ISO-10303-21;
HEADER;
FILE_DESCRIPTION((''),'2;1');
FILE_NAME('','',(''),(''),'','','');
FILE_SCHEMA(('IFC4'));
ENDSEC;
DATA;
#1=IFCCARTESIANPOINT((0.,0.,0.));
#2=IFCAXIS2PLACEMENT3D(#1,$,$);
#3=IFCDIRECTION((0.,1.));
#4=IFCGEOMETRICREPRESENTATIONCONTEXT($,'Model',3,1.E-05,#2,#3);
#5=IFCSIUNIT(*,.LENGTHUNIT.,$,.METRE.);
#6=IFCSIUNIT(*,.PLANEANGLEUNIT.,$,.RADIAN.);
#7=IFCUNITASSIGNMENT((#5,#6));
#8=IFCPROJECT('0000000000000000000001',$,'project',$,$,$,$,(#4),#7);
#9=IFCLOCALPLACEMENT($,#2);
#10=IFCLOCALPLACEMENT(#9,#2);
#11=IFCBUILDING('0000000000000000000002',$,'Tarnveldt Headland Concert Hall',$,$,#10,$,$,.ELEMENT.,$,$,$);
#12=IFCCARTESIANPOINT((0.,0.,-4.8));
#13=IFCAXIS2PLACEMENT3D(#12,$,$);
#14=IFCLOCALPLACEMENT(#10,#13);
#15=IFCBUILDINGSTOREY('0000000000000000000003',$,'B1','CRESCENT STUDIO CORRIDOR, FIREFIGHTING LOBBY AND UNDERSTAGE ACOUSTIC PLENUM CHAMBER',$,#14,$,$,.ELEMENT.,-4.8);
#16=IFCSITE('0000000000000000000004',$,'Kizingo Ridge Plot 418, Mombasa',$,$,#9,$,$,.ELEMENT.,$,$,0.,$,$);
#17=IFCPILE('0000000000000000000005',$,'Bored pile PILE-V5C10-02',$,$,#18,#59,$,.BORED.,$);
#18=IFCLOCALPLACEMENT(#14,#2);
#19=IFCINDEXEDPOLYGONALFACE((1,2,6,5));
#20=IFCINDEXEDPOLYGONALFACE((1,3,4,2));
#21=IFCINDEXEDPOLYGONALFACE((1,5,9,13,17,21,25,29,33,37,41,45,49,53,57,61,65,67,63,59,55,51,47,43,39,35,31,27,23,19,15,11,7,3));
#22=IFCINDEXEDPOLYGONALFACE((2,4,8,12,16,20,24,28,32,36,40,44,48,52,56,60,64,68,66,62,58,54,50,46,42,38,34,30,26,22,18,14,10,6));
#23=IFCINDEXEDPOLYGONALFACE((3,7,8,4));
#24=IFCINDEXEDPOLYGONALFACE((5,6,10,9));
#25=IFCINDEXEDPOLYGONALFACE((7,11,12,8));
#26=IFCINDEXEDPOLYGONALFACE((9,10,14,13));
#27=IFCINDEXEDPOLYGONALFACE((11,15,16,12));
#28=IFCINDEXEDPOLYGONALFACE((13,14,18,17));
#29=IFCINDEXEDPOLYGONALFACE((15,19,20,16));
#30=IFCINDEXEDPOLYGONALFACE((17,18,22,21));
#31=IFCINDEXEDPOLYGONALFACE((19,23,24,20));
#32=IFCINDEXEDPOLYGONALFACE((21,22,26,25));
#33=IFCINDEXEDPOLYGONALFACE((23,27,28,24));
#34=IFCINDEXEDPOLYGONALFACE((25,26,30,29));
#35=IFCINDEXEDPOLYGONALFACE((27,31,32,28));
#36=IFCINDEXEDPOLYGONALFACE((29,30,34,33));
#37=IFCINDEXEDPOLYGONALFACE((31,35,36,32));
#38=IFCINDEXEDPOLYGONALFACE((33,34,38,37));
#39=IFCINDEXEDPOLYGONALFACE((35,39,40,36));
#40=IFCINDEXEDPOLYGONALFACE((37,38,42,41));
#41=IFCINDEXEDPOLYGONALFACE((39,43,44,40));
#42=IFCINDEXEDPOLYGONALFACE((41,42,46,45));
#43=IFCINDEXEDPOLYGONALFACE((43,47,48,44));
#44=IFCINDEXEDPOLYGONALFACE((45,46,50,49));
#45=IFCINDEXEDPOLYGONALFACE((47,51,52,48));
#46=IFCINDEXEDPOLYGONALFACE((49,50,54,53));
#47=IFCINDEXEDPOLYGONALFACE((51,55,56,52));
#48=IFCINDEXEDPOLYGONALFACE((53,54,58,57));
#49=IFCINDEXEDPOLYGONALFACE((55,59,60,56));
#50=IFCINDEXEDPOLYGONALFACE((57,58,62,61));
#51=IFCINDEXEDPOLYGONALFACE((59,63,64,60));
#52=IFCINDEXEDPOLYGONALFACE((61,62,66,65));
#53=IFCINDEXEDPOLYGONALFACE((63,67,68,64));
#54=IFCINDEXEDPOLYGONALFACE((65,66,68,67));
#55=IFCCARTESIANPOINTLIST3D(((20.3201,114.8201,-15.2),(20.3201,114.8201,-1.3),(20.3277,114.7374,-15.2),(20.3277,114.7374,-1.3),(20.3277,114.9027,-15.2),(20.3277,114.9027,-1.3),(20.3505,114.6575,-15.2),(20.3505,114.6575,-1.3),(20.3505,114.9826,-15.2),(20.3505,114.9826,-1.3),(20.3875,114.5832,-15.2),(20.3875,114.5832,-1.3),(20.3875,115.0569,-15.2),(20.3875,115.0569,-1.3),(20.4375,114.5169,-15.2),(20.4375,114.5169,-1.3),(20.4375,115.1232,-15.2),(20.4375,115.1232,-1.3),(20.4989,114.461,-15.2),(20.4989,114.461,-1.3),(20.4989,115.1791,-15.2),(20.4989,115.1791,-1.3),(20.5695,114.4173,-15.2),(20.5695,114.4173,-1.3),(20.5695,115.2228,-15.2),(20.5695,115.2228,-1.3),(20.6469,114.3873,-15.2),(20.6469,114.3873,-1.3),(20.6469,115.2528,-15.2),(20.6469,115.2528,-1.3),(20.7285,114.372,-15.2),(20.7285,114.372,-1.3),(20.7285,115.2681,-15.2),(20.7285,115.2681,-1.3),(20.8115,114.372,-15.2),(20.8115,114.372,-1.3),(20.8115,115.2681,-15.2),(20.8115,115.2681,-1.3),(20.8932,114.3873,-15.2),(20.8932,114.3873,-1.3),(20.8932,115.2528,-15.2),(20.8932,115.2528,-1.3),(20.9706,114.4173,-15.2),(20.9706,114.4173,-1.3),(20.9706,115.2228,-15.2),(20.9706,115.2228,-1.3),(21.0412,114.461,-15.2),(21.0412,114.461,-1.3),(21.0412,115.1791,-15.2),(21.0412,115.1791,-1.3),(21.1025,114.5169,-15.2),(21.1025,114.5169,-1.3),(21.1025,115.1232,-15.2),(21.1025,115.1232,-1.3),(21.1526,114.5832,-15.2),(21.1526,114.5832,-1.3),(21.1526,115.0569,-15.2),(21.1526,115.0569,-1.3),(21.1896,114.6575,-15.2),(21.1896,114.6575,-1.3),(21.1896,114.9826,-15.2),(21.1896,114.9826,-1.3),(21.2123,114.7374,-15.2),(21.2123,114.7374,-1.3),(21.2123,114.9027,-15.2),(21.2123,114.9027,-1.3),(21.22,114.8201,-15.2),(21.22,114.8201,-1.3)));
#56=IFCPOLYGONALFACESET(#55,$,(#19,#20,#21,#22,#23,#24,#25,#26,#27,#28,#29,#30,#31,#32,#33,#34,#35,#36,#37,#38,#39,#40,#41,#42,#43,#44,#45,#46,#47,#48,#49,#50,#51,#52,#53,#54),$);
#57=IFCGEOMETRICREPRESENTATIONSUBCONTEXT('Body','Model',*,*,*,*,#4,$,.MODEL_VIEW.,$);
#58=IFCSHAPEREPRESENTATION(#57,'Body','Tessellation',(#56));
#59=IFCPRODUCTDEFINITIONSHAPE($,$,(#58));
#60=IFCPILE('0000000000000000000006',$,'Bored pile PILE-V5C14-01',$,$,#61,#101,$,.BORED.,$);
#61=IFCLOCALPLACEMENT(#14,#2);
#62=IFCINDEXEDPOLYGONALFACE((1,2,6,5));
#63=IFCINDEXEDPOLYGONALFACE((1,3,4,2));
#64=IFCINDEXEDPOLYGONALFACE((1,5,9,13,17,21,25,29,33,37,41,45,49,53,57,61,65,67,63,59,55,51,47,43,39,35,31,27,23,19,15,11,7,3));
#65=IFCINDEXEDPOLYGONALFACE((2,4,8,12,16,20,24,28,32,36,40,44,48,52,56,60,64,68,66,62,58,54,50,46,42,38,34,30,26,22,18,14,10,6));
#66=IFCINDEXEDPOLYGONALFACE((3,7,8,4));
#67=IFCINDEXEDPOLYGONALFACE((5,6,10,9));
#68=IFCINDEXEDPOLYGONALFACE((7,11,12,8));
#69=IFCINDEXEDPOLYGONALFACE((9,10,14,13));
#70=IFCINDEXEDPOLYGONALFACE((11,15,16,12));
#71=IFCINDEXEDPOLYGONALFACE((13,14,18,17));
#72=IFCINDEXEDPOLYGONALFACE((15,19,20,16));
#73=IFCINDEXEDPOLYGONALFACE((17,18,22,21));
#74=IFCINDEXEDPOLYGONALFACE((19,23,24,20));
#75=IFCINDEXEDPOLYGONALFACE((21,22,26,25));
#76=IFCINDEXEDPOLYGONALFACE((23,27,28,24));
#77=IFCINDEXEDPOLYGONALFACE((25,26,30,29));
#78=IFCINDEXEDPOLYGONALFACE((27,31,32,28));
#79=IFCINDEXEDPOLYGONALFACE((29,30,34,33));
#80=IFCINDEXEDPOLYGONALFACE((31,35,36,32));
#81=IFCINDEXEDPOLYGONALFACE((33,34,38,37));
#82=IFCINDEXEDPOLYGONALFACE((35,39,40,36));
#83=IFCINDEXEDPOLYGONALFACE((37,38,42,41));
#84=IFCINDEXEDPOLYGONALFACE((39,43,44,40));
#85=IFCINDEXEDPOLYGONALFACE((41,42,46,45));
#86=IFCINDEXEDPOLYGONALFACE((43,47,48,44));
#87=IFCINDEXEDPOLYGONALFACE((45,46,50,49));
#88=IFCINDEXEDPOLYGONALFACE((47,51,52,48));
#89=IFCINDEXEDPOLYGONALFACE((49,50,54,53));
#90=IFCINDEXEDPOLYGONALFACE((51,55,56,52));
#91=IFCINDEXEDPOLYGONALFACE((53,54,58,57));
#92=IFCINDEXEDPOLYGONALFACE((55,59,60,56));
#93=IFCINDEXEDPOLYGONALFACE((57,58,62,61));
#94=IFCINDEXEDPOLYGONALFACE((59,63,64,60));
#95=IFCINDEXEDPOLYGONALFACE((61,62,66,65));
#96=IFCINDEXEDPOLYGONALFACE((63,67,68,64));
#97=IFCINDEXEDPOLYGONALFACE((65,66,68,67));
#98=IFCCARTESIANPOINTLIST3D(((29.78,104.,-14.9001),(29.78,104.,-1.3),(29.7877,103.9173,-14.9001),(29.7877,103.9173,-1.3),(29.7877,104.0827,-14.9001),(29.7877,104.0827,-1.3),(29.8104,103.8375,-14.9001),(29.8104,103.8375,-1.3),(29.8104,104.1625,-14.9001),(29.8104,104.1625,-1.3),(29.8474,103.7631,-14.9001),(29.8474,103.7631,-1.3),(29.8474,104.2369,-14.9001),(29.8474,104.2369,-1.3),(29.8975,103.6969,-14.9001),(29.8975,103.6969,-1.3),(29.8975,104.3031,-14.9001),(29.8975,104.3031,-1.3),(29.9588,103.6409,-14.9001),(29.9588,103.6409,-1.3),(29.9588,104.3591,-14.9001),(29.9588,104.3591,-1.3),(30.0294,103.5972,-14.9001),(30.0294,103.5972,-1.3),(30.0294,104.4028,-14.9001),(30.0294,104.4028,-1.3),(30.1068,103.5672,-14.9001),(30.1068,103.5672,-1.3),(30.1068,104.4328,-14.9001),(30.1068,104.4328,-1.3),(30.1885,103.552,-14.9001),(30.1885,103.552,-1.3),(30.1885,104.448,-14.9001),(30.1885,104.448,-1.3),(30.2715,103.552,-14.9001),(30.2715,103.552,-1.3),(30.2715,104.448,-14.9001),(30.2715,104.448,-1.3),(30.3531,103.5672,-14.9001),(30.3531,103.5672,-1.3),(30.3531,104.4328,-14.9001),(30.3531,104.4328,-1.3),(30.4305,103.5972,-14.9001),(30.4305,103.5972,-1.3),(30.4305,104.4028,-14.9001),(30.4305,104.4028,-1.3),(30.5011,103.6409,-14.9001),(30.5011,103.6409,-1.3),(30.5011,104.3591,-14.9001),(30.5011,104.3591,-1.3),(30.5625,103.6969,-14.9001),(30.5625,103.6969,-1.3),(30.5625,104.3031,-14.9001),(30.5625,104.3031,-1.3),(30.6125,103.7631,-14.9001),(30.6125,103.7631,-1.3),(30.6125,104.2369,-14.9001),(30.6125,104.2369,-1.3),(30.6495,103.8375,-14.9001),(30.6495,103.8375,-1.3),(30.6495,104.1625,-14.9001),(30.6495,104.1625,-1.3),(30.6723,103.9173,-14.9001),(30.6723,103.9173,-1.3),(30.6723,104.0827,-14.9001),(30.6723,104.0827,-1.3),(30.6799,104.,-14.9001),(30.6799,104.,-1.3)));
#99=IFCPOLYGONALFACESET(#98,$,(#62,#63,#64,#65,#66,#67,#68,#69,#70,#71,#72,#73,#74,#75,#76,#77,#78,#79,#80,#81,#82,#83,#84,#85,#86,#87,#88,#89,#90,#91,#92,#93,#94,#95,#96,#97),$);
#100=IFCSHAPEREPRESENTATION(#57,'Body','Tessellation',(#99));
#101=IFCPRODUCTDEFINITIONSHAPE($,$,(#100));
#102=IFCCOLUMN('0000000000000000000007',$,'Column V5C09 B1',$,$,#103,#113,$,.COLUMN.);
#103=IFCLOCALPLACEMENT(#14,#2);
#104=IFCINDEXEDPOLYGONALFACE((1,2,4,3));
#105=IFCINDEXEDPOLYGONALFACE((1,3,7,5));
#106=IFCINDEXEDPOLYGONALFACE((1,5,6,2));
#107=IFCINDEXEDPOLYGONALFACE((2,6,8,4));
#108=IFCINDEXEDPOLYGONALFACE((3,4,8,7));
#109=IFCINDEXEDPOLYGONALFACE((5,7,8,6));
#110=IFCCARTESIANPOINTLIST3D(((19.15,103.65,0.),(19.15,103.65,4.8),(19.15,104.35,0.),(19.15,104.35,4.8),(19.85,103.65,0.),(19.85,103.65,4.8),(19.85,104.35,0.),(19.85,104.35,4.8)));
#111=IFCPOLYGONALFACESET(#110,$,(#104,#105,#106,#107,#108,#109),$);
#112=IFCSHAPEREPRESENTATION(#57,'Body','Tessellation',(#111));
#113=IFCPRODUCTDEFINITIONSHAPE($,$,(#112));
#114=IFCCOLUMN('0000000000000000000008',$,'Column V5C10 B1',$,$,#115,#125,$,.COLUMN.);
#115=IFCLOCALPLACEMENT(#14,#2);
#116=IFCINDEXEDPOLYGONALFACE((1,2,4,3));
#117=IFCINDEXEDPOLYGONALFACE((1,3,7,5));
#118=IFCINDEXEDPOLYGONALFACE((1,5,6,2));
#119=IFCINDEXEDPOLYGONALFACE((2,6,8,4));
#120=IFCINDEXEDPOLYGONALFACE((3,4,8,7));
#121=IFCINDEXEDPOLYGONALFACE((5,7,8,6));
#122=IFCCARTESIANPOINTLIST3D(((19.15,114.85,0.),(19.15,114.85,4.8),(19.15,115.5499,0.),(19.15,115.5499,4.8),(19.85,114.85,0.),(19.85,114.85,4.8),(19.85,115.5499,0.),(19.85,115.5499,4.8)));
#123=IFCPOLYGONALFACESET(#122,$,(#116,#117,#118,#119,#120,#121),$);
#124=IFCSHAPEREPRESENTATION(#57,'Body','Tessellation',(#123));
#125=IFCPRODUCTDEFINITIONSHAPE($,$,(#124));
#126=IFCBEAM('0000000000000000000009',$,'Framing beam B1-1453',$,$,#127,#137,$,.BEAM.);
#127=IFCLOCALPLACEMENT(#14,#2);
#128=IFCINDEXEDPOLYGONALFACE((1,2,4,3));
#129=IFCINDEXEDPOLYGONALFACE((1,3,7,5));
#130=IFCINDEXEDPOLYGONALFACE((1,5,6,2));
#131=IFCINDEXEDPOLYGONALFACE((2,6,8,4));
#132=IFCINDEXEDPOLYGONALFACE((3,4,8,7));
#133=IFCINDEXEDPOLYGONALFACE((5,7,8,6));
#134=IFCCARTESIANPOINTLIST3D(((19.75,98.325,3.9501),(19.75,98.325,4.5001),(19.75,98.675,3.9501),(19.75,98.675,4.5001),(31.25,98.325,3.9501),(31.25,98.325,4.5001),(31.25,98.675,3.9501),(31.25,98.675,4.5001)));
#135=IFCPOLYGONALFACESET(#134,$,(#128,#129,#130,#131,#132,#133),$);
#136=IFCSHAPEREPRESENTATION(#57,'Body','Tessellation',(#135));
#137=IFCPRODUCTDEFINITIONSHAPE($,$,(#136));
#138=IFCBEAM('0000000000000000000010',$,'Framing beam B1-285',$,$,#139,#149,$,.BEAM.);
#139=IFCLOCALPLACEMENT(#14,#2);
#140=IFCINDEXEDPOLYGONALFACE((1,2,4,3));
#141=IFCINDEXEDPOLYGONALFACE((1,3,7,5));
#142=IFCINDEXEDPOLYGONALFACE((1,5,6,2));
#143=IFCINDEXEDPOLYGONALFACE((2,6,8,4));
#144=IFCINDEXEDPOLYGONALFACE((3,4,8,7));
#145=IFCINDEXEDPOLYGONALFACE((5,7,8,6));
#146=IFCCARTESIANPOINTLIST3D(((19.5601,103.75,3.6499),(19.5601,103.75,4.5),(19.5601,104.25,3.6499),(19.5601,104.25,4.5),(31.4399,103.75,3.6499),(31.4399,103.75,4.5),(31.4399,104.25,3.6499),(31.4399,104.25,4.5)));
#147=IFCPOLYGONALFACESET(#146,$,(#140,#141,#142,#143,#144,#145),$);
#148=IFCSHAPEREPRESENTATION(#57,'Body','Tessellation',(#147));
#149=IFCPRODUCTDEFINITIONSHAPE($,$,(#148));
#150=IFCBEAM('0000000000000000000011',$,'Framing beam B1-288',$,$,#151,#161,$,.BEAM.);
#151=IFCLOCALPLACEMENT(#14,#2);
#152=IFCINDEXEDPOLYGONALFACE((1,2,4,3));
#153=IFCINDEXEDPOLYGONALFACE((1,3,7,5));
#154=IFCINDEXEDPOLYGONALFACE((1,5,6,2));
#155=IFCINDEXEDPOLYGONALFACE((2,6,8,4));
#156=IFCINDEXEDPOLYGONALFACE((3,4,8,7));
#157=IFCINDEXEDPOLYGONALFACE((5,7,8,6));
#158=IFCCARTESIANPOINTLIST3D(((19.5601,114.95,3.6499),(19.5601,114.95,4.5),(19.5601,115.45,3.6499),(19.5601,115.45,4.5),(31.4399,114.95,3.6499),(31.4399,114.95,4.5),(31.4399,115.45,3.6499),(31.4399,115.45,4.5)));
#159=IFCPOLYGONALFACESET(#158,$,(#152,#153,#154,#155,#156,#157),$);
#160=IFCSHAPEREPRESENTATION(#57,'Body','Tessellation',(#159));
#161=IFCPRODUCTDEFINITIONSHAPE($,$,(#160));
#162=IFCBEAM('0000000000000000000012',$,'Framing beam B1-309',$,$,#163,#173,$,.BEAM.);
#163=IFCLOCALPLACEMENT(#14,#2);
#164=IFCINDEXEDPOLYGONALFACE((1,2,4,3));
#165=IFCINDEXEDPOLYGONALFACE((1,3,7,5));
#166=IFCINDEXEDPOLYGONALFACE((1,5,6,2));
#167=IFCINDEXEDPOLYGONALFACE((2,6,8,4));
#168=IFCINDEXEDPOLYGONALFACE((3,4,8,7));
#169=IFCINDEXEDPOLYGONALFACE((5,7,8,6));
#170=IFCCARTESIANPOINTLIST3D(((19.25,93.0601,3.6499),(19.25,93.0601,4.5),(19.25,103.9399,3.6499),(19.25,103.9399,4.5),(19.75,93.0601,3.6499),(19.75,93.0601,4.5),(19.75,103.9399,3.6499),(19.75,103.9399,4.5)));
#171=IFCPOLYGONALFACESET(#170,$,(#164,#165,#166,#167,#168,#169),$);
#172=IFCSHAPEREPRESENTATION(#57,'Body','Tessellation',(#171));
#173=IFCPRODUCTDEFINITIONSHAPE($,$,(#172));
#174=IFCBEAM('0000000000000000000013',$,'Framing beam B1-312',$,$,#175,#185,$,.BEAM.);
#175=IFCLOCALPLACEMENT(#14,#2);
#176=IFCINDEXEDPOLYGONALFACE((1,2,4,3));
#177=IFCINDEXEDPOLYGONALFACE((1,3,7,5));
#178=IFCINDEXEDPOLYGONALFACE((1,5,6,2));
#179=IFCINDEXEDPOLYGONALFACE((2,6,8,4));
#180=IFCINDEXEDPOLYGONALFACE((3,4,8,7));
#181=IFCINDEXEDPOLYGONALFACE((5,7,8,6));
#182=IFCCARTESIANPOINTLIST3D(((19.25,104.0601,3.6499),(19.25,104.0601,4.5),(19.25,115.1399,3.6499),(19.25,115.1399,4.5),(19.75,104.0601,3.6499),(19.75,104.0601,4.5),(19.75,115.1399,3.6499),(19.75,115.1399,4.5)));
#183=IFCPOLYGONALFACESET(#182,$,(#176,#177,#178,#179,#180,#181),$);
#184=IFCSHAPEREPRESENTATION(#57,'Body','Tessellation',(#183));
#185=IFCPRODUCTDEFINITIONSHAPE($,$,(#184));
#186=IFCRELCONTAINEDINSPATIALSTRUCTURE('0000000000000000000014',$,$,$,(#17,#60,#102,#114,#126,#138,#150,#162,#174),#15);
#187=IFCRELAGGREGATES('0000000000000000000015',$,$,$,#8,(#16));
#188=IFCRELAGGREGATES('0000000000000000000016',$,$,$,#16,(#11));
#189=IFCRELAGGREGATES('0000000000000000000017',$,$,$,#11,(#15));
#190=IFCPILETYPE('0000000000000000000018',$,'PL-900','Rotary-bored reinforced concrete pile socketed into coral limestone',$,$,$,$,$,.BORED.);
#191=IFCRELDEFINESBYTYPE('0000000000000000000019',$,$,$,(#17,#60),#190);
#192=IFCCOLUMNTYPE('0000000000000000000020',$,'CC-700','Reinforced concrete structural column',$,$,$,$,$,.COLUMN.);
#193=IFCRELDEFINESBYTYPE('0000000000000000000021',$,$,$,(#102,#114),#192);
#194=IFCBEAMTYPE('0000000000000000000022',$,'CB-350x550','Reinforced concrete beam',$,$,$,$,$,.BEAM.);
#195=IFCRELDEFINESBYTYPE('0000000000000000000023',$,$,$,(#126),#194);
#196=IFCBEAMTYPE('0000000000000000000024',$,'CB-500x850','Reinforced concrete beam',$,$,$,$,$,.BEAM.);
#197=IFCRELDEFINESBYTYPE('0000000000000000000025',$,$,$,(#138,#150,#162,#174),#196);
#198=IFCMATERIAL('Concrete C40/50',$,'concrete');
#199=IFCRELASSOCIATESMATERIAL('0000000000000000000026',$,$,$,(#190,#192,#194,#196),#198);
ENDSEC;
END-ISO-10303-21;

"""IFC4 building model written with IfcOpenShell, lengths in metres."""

from ifc_helpers import new_model, si_unit, direction, frame, origin, origin_2d, place, context, subcontext, project, spatial, rectangle, circle, extrude, material, material_profile, profile_set, type_object, element, save


model = new_model("IFC4")

# Units and contexts
model_context = context("Model", 3, precision=1e-05, world=origin(), true_north=direction((0.0, 1.0)))
body_context = subcontext(model_context, "Body", "Model", "MODEL_VIEW")
ifc_project = project(units=[si_unit("LENGTHUNIT", "METRE"), si_unit("PLANEANGLEUNIT", "RADIAN")], contexts=[model_context])

# Site, building, storey
site_placement = place(None, origin())
site = spatial("IfcSite", under=ifc_project, at=site_placement, Name="Kizingo Ridge Plot 418, Mombasa", CompositionType="ELEMENT", RefElevation=0.0)
building_placement = place(site_placement, origin())
building = spatial("IfcBuilding", under=site, at=building_placement, Name="Tarnveldt Headland Concert Hall", CompositionType="ELEMENT")
storey_placement = place(building_placement, frame((0.0, 0.0, -4.8)))
storey = spatial("IfcBuildingStorey", under=building, at=storey_placement, Name="B1", Description="CRESCENT STUDIO CORRIDOR, FIREFIGHTING LOBBY AND UNDERSTAGE ACOUSTIC PLENUM CHAMBER", CompositionType="ELEMENT", Elevation=-4.8)

# Shared definitions
ifc_material_1 = material(Name="Concrete C40/50", Category="concrete")

# Piles
ifc_material_profile_1 = material_profile(ifc_material_1, circle(Radius=0.45, at=origin_2d()), Name="BORED PILE D900", Category="concrete")
ifc_profile_set_1 = profile_set([ifc_material_profile_1], Name="Concrete C40/50")
pile_type_1 = type_object("IfcPileType", Name="PL-900", Description="Rotary-bored reinforced concrete pile socketed into coral limestone", PredefinedType="BORED", material=ifc_profile_set_1)
for number, where, z_axis, x_axis, name in (
    (1, (20.77, 114.8201, -1.3), (0.0, 0.0, -1.0), (1.0, 0.0, 0.0), "Bored pile PILE-V5C10-02"),
):
    element("IfcPile", number, at=place(storey_placement, frame(where, z_axis=z_axis, x_axis=x_axis)), inside=storey, type_object=pile_type_1, Name=name, PredefinedType="BORED", context=body_context, shape_type="SweptSolid", body=[
        extrude(circle(Radius=0.45, at=origin_2d()), origin(), (0.0, 0.0, 1.0), 13.8999),
    ])
pile_1_placement = place(storey_placement, frame((30.23, 104.0, -1.3), z_axis=(0.0, 0.0, -1.0), x_axis=(1.0, 0.0, 0.0)))
element("IfcPile", 2, at=pile_1_placement, inside=storey, type_object=pile_type_1, Name="Bored pile PILE-V5C14-01", PredefinedType="BORED", context=body_context, shape_type="SweptSolid", body=[
    extrude(circle(Radius=0.45, at=origin_2d()), origin(), (0.0, 0.0, 1.0), 13.6001),
])

# Columns
ifc_material_profile_2 = material_profile(ifc_material_1, rectangle(XDim=0.7, YDim=0.7, at=origin_2d()), Name="RC 700x700", Category="concrete")
ifc_profile_set_2 = profile_set([ifc_material_profile_2], Name="Concrete C40/50")
column_type = type_object("IfcColumnType", Name="CC-700", Description="Reinforced concrete structural column", PredefinedType="COLUMN", material=ifc_profile_set_2)
for number, where, z_axis, x_axis, name in (
    (3, (19.5, 104.0, 0.0), (0.0, 0.0, 1.0), (1.0, 0.0, 0.0), "Column V5C09 B1"),
    (4, (19.5, 115.2, 0.0), (0.0, 0.0, 1.0), (1.0, 0.0, 0.0), "Column V5C10 B1"),
):
    element("IfcColumn", number, at=place(storey_placement, frame(where, z_axis=z_axis, x_axis=x_axis)), inside=storey, type_object=column_type, Name=name, PredefinedType="COLUMN", context=body_context, shape_type="SweptSolid", body=[
        extrude(rectangle(XDim=0.7, YDim=0.7, at=origin_2d()), origin(), (0.0, 0.0, 1.0), 4.8),
    ])

# Beams
ifc_material_profile_3 = material_profile(ifc_material_1, rectangle(XDim=0.3501, YDim=0.55, at=origin_2d()), Name="RC 350x550", Category="concrete")
ifc_profile_set_3 = profile_set([ifc_material_profile_3], Name="Concrete C40/50")
beam_type_1 = type_object("IfcBeamType", Name="CB-350x550", Description="Reinforced concrete beam", PredefinedType="BEAM", material=ifc_profile_set_3)
beam_1_placement = place(storey_placement, frame((19.75, 98.5, 4.2251), z_axis=(1.0, 0.0, 0.0), x_axis=(0.0, 1.0, 0.0)))
element("IfcBeam", 5, at=beam_1_placement, inside=storey, type_object=beam_type_1, Name="Framing beam B1-1453", PredefinedType="BEAM", context=body_context, shape_type="SweptSolid", body=[
    extrude(rectangle(XDim=0.3501, YDim=0.55, at=origin_2d()), origin(), (0.0, 0.0, 1.0), 11.5),
])
ifc_material_profile_4 = material_profile(ifc_material_1, rectangle(XDim=0.5, YDim=0.8501, at=origin_2d()), Name="RC 500x850", Category="concrete")
ifc_profile_set_4 = profile_set([ifc_material_profile_4], Name="Concrete C40/50")
beam_type_2 = type_object("IfcBeamType", Name="CB-500x850", Description="Reinforced concrete beam", PredefinedType="BEAM", material=ifc_profile_set_4)
for number, where, z_axis, x_axis, name in (
    (6, (19.5601, 104.0, 4.075), (1.0, 0.0, 0.0), (0.0, 1.0, 0.0), "Framing beam B1-285"),
    (7, (19.5601, 115.2, 4.075), (1.0, 0.0, 0.0), (0.0, 1.0, 0.0), "Framing beam B1-288"),
):
    element("IfcBeam", number, at=place(storey_placement, frame(where, z_axis=z_axis, x_axis=x_axis)), inside=storey, type_object=beam_type_2, Name=name, PredefinedType="BEAM", context=body_context, shape_type="SweptSolid", body=[
        extrude(rectangle(XDim=0.5, YDim=0.8501, at=origin_2d()), origin(), (0.0, 0.0, 1.0), 11.8799),
    ])
beam_2_placement = place(storey_placement, frame((19.5, 93.0601, 4.075), z_axis=(0.0, 1.0, 0.0), x_axis=(-1.0, 0.0, 0.0)))
element("IfcBeam", 8, at=beam_2_placement, inside=storey, type_object=beam_type_2, Name="Framing beam B1-309", PredefinedType="BEAM", context=body_context, shape_type="SweptSolid", body=[
    extrude(rectangle(XDim=0.5, YDim=0.8501, at=origin_2d()), origin(), (0.0, 0.0, 1.0), 10.8799),
])
beam_3_placement = place(storey_placement, frame((19.5, 104.0601, 4.075), z_axis=(0.0, 1.0, 0.0), x_axis=(-1.0, 0.0, 0.0)))
element("IfcBeam", 9, at=beam_3_placement, inside=storey, type_object=beam_type_2, Name="Framing beam B1-312", PredefinedType="BEAM", context=body_context, shape_type="SweptSolid", body=[
    extrude(rectangle(XDim=0.5, YDim=0.8501, at=origin_2d()), origin(), (0.0, 0.0, 1.0), 11.0798),
])

save(model, "model.ifc")
